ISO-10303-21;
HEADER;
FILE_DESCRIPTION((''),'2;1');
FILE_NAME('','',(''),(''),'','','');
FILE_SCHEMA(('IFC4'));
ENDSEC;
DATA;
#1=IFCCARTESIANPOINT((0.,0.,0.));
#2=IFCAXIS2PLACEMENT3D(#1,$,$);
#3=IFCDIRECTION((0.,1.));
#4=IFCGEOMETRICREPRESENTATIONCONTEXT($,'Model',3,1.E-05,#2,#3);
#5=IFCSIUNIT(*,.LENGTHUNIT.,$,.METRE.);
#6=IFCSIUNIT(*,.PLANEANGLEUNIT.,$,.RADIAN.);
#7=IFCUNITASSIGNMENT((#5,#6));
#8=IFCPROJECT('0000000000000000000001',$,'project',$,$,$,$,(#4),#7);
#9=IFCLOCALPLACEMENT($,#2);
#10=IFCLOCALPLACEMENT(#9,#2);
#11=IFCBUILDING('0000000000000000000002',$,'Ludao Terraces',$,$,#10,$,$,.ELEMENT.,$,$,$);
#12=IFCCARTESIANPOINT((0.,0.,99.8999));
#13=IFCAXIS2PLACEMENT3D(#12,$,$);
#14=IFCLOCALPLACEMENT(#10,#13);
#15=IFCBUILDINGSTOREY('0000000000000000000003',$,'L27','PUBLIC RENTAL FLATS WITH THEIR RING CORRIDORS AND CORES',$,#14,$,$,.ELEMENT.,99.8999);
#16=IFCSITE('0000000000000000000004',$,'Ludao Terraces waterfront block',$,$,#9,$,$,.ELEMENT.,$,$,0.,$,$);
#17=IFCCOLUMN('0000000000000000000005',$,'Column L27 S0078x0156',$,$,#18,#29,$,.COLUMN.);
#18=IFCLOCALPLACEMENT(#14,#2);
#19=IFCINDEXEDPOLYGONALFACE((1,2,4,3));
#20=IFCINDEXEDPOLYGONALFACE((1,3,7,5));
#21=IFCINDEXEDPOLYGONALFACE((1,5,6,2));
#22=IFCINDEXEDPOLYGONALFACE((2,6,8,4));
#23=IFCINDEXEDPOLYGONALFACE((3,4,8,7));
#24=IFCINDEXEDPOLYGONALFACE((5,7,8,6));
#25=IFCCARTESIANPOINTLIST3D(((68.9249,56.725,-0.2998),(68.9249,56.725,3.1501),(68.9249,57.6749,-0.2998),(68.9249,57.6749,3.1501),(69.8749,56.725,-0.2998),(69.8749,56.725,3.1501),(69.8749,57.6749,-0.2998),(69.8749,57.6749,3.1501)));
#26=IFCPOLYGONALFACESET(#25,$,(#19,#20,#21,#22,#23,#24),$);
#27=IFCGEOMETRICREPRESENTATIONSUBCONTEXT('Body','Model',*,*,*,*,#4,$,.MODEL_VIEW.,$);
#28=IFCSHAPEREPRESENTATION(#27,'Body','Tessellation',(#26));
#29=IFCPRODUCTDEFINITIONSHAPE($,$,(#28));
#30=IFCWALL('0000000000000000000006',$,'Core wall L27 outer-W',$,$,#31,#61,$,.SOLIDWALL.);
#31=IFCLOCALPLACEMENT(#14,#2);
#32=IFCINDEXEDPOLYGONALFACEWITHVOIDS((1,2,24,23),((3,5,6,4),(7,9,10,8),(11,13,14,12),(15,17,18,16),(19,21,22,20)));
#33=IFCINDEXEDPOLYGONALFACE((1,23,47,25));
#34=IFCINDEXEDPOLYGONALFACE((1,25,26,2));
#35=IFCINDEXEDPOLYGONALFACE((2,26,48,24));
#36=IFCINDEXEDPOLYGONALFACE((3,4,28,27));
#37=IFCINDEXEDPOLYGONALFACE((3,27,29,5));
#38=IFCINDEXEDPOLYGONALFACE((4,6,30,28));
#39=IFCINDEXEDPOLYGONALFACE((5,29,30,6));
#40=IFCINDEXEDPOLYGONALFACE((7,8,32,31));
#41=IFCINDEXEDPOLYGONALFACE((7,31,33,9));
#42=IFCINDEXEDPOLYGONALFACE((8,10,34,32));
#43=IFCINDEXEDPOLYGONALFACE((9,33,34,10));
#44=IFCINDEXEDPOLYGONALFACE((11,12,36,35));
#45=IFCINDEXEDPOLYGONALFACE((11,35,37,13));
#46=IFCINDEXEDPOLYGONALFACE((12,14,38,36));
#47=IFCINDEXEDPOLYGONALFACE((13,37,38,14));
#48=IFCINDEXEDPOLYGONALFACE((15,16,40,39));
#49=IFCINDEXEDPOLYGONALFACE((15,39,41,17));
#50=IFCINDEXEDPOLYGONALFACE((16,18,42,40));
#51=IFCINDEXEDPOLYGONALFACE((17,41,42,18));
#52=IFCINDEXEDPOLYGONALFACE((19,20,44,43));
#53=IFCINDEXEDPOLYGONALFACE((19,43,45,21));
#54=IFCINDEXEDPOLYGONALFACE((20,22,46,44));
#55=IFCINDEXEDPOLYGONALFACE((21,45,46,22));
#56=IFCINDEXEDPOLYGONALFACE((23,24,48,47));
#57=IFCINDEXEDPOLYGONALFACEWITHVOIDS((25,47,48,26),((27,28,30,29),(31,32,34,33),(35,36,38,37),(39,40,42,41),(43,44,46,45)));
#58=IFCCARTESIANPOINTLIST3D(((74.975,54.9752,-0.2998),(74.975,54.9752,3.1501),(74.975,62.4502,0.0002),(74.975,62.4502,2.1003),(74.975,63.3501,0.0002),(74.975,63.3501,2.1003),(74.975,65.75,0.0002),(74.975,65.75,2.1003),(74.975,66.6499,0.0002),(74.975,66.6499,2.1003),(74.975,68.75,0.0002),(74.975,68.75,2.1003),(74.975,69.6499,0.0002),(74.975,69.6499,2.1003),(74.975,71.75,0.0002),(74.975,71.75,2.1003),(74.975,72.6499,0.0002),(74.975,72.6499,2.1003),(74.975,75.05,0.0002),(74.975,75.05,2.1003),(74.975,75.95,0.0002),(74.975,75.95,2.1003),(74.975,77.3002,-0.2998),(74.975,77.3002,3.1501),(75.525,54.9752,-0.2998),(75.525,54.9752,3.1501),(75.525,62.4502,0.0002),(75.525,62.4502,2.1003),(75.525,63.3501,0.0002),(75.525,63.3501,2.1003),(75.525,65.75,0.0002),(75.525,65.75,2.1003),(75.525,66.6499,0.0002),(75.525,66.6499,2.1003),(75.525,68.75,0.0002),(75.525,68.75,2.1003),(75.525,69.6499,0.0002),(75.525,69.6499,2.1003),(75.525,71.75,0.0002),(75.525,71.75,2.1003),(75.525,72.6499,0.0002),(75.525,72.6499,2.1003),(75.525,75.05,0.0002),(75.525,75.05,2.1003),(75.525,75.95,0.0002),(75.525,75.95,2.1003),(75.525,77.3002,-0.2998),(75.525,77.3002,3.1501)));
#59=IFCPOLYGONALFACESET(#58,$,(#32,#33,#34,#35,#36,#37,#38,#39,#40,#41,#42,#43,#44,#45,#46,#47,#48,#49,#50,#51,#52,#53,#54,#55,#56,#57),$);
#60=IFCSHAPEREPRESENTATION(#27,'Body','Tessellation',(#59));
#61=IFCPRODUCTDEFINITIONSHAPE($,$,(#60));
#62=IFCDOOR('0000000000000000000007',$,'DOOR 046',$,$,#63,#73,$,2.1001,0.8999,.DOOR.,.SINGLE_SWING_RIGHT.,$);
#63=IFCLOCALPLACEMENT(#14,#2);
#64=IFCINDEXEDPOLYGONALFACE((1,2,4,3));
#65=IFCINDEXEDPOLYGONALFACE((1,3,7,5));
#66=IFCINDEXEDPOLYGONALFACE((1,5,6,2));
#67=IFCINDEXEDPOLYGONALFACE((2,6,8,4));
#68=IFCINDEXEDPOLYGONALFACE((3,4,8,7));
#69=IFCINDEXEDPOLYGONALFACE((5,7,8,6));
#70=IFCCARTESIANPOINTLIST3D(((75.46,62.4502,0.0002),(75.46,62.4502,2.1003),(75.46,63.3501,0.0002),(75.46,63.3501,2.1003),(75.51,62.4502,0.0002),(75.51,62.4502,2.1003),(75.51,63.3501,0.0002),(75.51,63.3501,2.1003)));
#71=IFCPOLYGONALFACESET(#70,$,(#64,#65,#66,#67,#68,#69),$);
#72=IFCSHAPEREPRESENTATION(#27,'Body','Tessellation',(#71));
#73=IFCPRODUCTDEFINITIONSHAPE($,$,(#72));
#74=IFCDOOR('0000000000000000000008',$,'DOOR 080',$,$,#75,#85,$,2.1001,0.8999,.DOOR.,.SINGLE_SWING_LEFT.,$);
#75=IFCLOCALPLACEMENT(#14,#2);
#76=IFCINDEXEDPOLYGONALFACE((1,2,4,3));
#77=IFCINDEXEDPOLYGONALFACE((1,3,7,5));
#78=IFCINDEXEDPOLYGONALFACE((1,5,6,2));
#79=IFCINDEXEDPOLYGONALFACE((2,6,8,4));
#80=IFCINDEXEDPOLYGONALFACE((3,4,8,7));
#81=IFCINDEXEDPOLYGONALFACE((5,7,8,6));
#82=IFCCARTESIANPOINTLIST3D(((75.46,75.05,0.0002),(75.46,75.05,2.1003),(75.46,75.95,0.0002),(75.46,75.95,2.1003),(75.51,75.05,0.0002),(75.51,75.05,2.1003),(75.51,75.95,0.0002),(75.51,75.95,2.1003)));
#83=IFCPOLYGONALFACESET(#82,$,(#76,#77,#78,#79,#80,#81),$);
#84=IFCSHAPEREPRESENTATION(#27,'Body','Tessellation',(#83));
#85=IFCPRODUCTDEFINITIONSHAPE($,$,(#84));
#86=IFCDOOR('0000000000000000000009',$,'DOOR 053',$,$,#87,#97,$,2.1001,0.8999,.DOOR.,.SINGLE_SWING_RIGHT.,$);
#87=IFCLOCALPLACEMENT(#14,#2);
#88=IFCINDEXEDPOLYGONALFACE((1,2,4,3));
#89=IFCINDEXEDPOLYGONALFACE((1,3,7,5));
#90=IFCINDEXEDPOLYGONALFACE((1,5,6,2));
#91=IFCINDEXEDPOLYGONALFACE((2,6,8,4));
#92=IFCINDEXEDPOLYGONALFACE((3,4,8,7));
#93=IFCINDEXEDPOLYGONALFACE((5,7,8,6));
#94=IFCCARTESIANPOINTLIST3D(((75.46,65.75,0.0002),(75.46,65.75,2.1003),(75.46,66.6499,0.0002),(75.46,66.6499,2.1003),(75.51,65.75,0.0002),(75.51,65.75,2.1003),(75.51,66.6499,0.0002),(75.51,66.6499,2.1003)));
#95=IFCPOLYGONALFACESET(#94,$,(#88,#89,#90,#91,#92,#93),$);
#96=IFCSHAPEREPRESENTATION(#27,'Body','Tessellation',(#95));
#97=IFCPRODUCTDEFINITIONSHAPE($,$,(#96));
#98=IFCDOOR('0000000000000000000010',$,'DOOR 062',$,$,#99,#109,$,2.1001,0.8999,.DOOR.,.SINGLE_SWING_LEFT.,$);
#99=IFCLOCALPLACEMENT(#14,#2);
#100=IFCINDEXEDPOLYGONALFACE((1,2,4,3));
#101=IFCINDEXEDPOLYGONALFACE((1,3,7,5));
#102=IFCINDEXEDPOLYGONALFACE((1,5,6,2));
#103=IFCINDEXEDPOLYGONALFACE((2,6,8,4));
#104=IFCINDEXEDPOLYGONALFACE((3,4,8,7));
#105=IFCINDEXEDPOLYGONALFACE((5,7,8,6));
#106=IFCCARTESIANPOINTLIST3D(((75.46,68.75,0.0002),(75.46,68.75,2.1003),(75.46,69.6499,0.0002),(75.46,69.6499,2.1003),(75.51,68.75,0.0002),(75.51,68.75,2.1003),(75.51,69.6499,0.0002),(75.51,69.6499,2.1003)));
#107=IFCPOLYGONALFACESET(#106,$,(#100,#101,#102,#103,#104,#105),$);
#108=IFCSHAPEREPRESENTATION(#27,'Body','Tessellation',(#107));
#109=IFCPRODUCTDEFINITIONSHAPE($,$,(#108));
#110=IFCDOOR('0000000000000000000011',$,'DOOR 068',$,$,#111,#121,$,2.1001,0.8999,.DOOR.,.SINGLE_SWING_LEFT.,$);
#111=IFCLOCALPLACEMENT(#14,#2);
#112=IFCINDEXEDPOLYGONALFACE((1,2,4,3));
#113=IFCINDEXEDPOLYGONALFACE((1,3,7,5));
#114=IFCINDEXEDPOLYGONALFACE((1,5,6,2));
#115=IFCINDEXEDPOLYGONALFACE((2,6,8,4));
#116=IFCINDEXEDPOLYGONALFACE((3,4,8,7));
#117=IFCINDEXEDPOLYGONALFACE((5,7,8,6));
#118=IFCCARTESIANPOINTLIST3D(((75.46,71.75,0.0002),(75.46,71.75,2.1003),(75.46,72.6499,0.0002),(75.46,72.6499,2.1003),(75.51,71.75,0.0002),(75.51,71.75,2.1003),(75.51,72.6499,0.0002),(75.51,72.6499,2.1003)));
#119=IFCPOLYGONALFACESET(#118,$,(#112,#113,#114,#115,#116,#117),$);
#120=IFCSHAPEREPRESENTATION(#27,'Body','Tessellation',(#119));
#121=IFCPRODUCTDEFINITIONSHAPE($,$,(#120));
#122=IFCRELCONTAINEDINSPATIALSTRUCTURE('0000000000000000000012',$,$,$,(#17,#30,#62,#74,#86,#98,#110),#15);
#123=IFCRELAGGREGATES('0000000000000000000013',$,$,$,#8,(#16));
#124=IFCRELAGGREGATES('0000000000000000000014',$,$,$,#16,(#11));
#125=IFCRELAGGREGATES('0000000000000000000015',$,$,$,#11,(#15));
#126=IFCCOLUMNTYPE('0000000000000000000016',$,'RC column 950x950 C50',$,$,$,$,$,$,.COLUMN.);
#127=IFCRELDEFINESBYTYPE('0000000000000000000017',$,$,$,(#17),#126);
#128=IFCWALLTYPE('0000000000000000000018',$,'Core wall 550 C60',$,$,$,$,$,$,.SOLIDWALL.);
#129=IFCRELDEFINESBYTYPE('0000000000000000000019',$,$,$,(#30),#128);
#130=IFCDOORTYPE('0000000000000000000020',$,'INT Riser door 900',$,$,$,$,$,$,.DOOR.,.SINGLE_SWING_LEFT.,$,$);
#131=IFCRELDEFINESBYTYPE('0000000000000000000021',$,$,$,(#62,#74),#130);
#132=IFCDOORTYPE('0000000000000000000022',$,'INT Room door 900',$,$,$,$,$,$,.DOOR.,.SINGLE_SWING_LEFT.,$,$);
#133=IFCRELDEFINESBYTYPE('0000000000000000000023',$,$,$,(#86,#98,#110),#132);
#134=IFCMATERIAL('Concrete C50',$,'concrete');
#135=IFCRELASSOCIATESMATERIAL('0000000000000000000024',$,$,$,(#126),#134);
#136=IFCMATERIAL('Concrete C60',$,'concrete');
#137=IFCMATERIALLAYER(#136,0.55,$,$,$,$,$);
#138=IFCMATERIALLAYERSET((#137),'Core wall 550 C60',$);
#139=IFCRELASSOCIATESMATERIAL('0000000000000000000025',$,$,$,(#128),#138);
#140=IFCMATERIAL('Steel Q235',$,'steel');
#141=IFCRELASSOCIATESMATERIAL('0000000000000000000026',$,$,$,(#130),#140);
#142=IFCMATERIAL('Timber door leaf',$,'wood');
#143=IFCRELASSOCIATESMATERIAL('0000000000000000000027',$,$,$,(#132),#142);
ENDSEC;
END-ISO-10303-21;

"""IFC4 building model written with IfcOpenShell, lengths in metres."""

from ifc_helpers import new_model, si_unit, direction, frame, frame_2d, origin, origin_2d, place, context, subcontext, project, spatial, rectangle, extrude, material, layer, layer_set, material_profile, profile_set, type_object, element, fill, save


model = new_model("IFC4")

# Units and contexts
model_context = context("Model", 3, precision=1e-05, world=origin(), true_north=direction((0.0, 1.0)))
body_context = subcontext(model_context, "Body", "Model", "MODEL_VIEW")
ifc_project = project(units=[si_unit("LENGTHUNIT", "METRE"), si_unit("PLANEANGLEUNIT", "RADIAN")], contexts=[model_context])

# Site, building, storey
site_placement = place(None, origin())
site = spatial("IfcSite", under=ifc_project, at=site_placement, Name="Ludao Terraces waterfront block", CompositionType="ELEMENT", RefElevation=0.0)
building_placement = place(site_placement, origin())
building = spatial("IfcBuilding", under=site, at=building_placement, Name="Ludao Terraces", CompositionType="ELEMENT")
storey_placement = place(building_placement, frame((0.0, 0.0, 99.8999)))
storey = spatial("IfcBuildingStorey", under=building, at=storey_placement, Name="L27", Description="PUBLIC RENTAL FLATS WITH THEIR RING CORRIDORS AND CORES", CompositionType="ELEMENT", Elevation=99.8999)

# Column
ifc_material_1 = material(Name="Concrete C50", Category="concrete")
ifc_material_profile = material_profile(ifc_material_1, rectangle(XDim=0.95, YDim=0.95, at=origin_2d()), Name="950 X 950")
ifc_profile_set = profile_set([ifc_material_profile], Name="Concrete C50")
column_type = type_object("IfcColumnType", Name="RC column 950x950 C50", PredefinedType="COLUMN", material=ifc_profile_set)
column_placement = place(storey_placement, frame((69.3999, 57.2, -0.2998), z_axis=(0.0, 0.0, 1.0), x_axis=(1.0, 0.0, 0.0)))
element("IfcColumn", 1, at=column_placement, inside=storey, type_object=column_type, Name="Column L27 S0078x0156", PredefinedType="COLUMN", context=body_context, shape_type="SweptSolid", body=[
    extrude(rectangle(XDim=0.95, YDim=0.95, at=origin_2d()), origin(), (0.0, 0.0, 1.0), 3.45),
])

# Wall, openings, doors
ifc_material_2 = material(Name="Concrete C60", Category="concrete")
ifc_layer_1 = layer(ifc_material_2, 0.55)
ifc_layer_set_1 = layer_set([ifc_layer_1], Name="Core wall 550 C60")
wall_type_1 = type_object("IfcWallType", Name="Core wall 550 C60", PredefinedType="SOLIDWALL", material=ifc_layer_set_1)
wall_1_placement = place(storey_placement, frame((75.25, 54.9751, -0.2998), z_axis=(0.0, 0.0, 1.0), x_axis=(0.0, 1.0, 0.0)))
wall_1 = element("IfcWall", 2, at=wall_1_placement, inside=storey, type_object=wall_type_1, Name="Core wall L27 outer-W", PredefinedType="SOLIDWALL", context=body_context, shape_type="SweptSolid", body=[
    extrude(rectangle(XDim=22.325, YDim=0.55, at=frame_2d((11.1626, 0.0))), origin(), (0.0, 0.0, 1.0), 3.45),
])
opening_1_placement = place(wall_1_placement, frame((7.4751, 0.0, 0.3)))
opening_1 = element("IfcOpeningElement", 3, at=opening_1_placement, cuts=wall_1, PredefinedType="OPENING", context=body_context, shape_type="SweptSolid", body=[
    extrude(rectangle(XDim=0.8999, YDim=2.1001, at=frame_2d((0.45, 1.05))), frame((0.0, 0.2852, 0.0), z_axis=(0.0, -1.0, 0.0), x_axis=(1.0, 0.0, 0.0)), (0.0, 0.0, 1.0), 0.5701),
])
opening_2_placement = place(wall_1_placement, frame((10.7749, 0.0, 0.3)))
opening_2 = element("IfcOpeningElement", 4, at=opening_2_placement, cuts=wall_1, PredefinedType="OPENING", context=body_context, shape_type="SweptSolid", body=[
    extrude(rectangle(XDim=0.8999, YDim=2.1001, at=frame_2d((0.45, 1.05))), frame((0.0, 0.2852, 0.0), z_axis=(0.0, -1.0, 0.0), x_axis=(1.0, 0.0, 0.0)), (0.0, 0.0, 1.0), 0.5701),
])
opening_3_placement = place(wall_1_placement, frame((13.7749, 0.0, 0.3)))
opening_3 = element("IfcOpeningElement", 5, at=opening_3_placement, cuts=wall_1, PredefinedType="OPENING", context=body_context, shape_type="SweptSolid", body=[
    extrude(rectangle(XDim=0.8999, YDim=2.1001, at=frame_2d((0.45, 1.05))), frame((0.0, 0.2852, 0.0), z_axis=(0.0, -1.0, 0.0), x_axis=(1.0, 0.0, 0.0)), (0.0, 0.0, 1.0), 0.5701),
])
opening_4_placement = place(wall_1_placement, frame((16.7749, 0.0, 0.3)))
opening_4 = element("IfcOpeningElement", 6, at=opening_4_placement, cuts=wall_1, PredefinedType="OPENING", context=body_context, shape_type="SweptSolid", body=[
    extrude(rectangle(XDim=0.8999, YDim=2.1001, at=frame_2d((0.45, 1.05))), frame((0.0, 0.2852, 0.0), z_axis=(0.0, -1.0, 0.0), x_axis=(1.0, 0.0, 0.0)), (0.0, 0.0, 1.0), 0.5701),
])
opening_5_placement = place(wall_1_placement, frame((20.075, 0.0, 0.3)))
opening_5 = element("IfcOpeningElement", 7, at=opening_5_placement, cuts=wall_1, PredefinedType="OPENING", context=body_context, shape_type="SweptSolid", body=[
    extrude(rectangle(XDim=0.8999, YDim=2.1001, at=frame_2d((0.45, 1.05))), frame((0.0, 0.2852, 0.0), z_axis=(0.0, -1.0, 0.0), x_axis=(1.0, 0.0, 0.0)), (0.0, 0.0, 1.0), 0.5701),
])
ifc_material_3 = material(Name="Steel Q235", Category="steel")
door_type_1 = type_object("IfcDoorType", Name="INT Riser door 900", OperationType="SINGLE_SWING_LEFT", PredefinedType="DOOR", material=ifc_material_3)
door_1_placement = place(opening_1_placement, origin())
door_1 = element("IfcDoor", 8, at=door_1_placement, inside=storey, type_object=door_type_1, Name="DOOR 046", OperationType="SINGLE_SWING_RIGHT", OverallHeight=2.1001, OverallWidth=0.8999, PredefinedType="DOOR", context=body_context, shape_type="SweptSolid", body=[
    extrude(rectangle(XDim=0.8999, YDim=2.1001, at=frame_2d((0.45, 1.05))), frame((0.0, -0.21, 0.0), z_axis=(0.0, -1.0, 0.0), x_axis=(1.0, 0.0, 0.0)), (0.0, 0.0, 1.0), 0.05),
])
fill(opening_1, door_1)
door_2_placement = place(opening_5_placement, origin())
door_2 = element("IfcDoor", 9, at=door_2_placement, inside=storey, type_object=door_type_1, Name="DOOR 080", OperationType="SINGLE_SWING_LEFT", OverallHeight=2.1001, OverallWidth=0.8999, PredefinedType="DOOR", context=body_context, shape_type="SweptSolid", body=[
    extrude(rectangle(XDim=0.8999, YDim=2.1001, at=frame_2d((0.45, 1.05))), frame((0.0, -0.21, 0.0), z_axis=(0.0, -1.0, 0.0), x_axis=(1.0, 0.0, 0.0)), (0.0, 0.0, 1.0), 0.05),
])
fill(opening_5, door_2)
ifc_material_4 = material(Name="Timber door leaf", Category="wood")
door_type_2 = type_object("IfcDoorType", Name="INT Room door 900", OperationType="SINGLE_SWING_LEFT", PredefinedType="DOOR", material=ifc_material_4)
door_3_placement = place(opening_2_placement, origin())
door_3 = element("IfcDoor", 10, at=door_3_placement, inside=storey, type_object=door_type_2, Name="DOOR 053", OperationType="SINGLE_SWING_RIGHT", OverallHeight=2.1001, OverallWidth=0.8999, PredefinedType="DOOR", context=body_context, shape_type="SweptSolid", body=[
    extrude(rectangle(XDim=0.8999, YDim=2.1001, at=frame_2d((0.45, 1.05))), frame((0.0, -0.21, 0.0), z_axis=(0.0, -1.0, 0.0), x_axis=(1.0, 0.0, 0.0)), (0.0, 0.0, 1.0), 0.05),
])
fill(opening_2, door_3)
door_4_placement = place(opening_3_placement, origin())
door_4 = element("IfcDoor", 11, at=door_4_placement, inside=storey, type_object=door_type_2, Name="DOOR 062", OperationType="SINGLE_SWING_LEFT", OverallHeight=2.1001, OverallWidth=0.8999, PredefinedType="DOOR", context=body_context, shape_type="SweptSolid", body=[
    extrude(rectangle(XDim=0.8999, YDim=2.1001, at=frame_2d((0.45, 1.05))), frame((0.0, -0.21, 0.0), z_axis=(0.0, -1.0, 0.0), x_axis=(1.0, 0.0, 0.0)), (0.0, 0.0, 1.0), 0.05),
])
fill(opening_3, door_4)
door_5_placement = place(opening_4_placement, origin())
door_5 = element("IfcDoor", 12, at=door_5_placement, inside=storey, type_object=door_type_2, Name="DOOR 068", OperationType="SINGLE_SWING_LEFT", OverallHeight=2.1001, OverallWidth=0.8999, PredefinedType="DOOR", context=body_context, shape_type="SweptSolid", body=[
    extrude(rectangle(XDim=0.8999, YDim=2.1001, at=frame_2d((0.45, 1.05))), frame((0.0, -0.21, 0.0), z_axis=(0.0, -1.0, 0.0), x_axis=(1.0, 0.0, 0.0)), (0.0, 0.0, 1.0), 0.05),
])
fill(opening_4, door_5)

save(model, "model.ifc")
